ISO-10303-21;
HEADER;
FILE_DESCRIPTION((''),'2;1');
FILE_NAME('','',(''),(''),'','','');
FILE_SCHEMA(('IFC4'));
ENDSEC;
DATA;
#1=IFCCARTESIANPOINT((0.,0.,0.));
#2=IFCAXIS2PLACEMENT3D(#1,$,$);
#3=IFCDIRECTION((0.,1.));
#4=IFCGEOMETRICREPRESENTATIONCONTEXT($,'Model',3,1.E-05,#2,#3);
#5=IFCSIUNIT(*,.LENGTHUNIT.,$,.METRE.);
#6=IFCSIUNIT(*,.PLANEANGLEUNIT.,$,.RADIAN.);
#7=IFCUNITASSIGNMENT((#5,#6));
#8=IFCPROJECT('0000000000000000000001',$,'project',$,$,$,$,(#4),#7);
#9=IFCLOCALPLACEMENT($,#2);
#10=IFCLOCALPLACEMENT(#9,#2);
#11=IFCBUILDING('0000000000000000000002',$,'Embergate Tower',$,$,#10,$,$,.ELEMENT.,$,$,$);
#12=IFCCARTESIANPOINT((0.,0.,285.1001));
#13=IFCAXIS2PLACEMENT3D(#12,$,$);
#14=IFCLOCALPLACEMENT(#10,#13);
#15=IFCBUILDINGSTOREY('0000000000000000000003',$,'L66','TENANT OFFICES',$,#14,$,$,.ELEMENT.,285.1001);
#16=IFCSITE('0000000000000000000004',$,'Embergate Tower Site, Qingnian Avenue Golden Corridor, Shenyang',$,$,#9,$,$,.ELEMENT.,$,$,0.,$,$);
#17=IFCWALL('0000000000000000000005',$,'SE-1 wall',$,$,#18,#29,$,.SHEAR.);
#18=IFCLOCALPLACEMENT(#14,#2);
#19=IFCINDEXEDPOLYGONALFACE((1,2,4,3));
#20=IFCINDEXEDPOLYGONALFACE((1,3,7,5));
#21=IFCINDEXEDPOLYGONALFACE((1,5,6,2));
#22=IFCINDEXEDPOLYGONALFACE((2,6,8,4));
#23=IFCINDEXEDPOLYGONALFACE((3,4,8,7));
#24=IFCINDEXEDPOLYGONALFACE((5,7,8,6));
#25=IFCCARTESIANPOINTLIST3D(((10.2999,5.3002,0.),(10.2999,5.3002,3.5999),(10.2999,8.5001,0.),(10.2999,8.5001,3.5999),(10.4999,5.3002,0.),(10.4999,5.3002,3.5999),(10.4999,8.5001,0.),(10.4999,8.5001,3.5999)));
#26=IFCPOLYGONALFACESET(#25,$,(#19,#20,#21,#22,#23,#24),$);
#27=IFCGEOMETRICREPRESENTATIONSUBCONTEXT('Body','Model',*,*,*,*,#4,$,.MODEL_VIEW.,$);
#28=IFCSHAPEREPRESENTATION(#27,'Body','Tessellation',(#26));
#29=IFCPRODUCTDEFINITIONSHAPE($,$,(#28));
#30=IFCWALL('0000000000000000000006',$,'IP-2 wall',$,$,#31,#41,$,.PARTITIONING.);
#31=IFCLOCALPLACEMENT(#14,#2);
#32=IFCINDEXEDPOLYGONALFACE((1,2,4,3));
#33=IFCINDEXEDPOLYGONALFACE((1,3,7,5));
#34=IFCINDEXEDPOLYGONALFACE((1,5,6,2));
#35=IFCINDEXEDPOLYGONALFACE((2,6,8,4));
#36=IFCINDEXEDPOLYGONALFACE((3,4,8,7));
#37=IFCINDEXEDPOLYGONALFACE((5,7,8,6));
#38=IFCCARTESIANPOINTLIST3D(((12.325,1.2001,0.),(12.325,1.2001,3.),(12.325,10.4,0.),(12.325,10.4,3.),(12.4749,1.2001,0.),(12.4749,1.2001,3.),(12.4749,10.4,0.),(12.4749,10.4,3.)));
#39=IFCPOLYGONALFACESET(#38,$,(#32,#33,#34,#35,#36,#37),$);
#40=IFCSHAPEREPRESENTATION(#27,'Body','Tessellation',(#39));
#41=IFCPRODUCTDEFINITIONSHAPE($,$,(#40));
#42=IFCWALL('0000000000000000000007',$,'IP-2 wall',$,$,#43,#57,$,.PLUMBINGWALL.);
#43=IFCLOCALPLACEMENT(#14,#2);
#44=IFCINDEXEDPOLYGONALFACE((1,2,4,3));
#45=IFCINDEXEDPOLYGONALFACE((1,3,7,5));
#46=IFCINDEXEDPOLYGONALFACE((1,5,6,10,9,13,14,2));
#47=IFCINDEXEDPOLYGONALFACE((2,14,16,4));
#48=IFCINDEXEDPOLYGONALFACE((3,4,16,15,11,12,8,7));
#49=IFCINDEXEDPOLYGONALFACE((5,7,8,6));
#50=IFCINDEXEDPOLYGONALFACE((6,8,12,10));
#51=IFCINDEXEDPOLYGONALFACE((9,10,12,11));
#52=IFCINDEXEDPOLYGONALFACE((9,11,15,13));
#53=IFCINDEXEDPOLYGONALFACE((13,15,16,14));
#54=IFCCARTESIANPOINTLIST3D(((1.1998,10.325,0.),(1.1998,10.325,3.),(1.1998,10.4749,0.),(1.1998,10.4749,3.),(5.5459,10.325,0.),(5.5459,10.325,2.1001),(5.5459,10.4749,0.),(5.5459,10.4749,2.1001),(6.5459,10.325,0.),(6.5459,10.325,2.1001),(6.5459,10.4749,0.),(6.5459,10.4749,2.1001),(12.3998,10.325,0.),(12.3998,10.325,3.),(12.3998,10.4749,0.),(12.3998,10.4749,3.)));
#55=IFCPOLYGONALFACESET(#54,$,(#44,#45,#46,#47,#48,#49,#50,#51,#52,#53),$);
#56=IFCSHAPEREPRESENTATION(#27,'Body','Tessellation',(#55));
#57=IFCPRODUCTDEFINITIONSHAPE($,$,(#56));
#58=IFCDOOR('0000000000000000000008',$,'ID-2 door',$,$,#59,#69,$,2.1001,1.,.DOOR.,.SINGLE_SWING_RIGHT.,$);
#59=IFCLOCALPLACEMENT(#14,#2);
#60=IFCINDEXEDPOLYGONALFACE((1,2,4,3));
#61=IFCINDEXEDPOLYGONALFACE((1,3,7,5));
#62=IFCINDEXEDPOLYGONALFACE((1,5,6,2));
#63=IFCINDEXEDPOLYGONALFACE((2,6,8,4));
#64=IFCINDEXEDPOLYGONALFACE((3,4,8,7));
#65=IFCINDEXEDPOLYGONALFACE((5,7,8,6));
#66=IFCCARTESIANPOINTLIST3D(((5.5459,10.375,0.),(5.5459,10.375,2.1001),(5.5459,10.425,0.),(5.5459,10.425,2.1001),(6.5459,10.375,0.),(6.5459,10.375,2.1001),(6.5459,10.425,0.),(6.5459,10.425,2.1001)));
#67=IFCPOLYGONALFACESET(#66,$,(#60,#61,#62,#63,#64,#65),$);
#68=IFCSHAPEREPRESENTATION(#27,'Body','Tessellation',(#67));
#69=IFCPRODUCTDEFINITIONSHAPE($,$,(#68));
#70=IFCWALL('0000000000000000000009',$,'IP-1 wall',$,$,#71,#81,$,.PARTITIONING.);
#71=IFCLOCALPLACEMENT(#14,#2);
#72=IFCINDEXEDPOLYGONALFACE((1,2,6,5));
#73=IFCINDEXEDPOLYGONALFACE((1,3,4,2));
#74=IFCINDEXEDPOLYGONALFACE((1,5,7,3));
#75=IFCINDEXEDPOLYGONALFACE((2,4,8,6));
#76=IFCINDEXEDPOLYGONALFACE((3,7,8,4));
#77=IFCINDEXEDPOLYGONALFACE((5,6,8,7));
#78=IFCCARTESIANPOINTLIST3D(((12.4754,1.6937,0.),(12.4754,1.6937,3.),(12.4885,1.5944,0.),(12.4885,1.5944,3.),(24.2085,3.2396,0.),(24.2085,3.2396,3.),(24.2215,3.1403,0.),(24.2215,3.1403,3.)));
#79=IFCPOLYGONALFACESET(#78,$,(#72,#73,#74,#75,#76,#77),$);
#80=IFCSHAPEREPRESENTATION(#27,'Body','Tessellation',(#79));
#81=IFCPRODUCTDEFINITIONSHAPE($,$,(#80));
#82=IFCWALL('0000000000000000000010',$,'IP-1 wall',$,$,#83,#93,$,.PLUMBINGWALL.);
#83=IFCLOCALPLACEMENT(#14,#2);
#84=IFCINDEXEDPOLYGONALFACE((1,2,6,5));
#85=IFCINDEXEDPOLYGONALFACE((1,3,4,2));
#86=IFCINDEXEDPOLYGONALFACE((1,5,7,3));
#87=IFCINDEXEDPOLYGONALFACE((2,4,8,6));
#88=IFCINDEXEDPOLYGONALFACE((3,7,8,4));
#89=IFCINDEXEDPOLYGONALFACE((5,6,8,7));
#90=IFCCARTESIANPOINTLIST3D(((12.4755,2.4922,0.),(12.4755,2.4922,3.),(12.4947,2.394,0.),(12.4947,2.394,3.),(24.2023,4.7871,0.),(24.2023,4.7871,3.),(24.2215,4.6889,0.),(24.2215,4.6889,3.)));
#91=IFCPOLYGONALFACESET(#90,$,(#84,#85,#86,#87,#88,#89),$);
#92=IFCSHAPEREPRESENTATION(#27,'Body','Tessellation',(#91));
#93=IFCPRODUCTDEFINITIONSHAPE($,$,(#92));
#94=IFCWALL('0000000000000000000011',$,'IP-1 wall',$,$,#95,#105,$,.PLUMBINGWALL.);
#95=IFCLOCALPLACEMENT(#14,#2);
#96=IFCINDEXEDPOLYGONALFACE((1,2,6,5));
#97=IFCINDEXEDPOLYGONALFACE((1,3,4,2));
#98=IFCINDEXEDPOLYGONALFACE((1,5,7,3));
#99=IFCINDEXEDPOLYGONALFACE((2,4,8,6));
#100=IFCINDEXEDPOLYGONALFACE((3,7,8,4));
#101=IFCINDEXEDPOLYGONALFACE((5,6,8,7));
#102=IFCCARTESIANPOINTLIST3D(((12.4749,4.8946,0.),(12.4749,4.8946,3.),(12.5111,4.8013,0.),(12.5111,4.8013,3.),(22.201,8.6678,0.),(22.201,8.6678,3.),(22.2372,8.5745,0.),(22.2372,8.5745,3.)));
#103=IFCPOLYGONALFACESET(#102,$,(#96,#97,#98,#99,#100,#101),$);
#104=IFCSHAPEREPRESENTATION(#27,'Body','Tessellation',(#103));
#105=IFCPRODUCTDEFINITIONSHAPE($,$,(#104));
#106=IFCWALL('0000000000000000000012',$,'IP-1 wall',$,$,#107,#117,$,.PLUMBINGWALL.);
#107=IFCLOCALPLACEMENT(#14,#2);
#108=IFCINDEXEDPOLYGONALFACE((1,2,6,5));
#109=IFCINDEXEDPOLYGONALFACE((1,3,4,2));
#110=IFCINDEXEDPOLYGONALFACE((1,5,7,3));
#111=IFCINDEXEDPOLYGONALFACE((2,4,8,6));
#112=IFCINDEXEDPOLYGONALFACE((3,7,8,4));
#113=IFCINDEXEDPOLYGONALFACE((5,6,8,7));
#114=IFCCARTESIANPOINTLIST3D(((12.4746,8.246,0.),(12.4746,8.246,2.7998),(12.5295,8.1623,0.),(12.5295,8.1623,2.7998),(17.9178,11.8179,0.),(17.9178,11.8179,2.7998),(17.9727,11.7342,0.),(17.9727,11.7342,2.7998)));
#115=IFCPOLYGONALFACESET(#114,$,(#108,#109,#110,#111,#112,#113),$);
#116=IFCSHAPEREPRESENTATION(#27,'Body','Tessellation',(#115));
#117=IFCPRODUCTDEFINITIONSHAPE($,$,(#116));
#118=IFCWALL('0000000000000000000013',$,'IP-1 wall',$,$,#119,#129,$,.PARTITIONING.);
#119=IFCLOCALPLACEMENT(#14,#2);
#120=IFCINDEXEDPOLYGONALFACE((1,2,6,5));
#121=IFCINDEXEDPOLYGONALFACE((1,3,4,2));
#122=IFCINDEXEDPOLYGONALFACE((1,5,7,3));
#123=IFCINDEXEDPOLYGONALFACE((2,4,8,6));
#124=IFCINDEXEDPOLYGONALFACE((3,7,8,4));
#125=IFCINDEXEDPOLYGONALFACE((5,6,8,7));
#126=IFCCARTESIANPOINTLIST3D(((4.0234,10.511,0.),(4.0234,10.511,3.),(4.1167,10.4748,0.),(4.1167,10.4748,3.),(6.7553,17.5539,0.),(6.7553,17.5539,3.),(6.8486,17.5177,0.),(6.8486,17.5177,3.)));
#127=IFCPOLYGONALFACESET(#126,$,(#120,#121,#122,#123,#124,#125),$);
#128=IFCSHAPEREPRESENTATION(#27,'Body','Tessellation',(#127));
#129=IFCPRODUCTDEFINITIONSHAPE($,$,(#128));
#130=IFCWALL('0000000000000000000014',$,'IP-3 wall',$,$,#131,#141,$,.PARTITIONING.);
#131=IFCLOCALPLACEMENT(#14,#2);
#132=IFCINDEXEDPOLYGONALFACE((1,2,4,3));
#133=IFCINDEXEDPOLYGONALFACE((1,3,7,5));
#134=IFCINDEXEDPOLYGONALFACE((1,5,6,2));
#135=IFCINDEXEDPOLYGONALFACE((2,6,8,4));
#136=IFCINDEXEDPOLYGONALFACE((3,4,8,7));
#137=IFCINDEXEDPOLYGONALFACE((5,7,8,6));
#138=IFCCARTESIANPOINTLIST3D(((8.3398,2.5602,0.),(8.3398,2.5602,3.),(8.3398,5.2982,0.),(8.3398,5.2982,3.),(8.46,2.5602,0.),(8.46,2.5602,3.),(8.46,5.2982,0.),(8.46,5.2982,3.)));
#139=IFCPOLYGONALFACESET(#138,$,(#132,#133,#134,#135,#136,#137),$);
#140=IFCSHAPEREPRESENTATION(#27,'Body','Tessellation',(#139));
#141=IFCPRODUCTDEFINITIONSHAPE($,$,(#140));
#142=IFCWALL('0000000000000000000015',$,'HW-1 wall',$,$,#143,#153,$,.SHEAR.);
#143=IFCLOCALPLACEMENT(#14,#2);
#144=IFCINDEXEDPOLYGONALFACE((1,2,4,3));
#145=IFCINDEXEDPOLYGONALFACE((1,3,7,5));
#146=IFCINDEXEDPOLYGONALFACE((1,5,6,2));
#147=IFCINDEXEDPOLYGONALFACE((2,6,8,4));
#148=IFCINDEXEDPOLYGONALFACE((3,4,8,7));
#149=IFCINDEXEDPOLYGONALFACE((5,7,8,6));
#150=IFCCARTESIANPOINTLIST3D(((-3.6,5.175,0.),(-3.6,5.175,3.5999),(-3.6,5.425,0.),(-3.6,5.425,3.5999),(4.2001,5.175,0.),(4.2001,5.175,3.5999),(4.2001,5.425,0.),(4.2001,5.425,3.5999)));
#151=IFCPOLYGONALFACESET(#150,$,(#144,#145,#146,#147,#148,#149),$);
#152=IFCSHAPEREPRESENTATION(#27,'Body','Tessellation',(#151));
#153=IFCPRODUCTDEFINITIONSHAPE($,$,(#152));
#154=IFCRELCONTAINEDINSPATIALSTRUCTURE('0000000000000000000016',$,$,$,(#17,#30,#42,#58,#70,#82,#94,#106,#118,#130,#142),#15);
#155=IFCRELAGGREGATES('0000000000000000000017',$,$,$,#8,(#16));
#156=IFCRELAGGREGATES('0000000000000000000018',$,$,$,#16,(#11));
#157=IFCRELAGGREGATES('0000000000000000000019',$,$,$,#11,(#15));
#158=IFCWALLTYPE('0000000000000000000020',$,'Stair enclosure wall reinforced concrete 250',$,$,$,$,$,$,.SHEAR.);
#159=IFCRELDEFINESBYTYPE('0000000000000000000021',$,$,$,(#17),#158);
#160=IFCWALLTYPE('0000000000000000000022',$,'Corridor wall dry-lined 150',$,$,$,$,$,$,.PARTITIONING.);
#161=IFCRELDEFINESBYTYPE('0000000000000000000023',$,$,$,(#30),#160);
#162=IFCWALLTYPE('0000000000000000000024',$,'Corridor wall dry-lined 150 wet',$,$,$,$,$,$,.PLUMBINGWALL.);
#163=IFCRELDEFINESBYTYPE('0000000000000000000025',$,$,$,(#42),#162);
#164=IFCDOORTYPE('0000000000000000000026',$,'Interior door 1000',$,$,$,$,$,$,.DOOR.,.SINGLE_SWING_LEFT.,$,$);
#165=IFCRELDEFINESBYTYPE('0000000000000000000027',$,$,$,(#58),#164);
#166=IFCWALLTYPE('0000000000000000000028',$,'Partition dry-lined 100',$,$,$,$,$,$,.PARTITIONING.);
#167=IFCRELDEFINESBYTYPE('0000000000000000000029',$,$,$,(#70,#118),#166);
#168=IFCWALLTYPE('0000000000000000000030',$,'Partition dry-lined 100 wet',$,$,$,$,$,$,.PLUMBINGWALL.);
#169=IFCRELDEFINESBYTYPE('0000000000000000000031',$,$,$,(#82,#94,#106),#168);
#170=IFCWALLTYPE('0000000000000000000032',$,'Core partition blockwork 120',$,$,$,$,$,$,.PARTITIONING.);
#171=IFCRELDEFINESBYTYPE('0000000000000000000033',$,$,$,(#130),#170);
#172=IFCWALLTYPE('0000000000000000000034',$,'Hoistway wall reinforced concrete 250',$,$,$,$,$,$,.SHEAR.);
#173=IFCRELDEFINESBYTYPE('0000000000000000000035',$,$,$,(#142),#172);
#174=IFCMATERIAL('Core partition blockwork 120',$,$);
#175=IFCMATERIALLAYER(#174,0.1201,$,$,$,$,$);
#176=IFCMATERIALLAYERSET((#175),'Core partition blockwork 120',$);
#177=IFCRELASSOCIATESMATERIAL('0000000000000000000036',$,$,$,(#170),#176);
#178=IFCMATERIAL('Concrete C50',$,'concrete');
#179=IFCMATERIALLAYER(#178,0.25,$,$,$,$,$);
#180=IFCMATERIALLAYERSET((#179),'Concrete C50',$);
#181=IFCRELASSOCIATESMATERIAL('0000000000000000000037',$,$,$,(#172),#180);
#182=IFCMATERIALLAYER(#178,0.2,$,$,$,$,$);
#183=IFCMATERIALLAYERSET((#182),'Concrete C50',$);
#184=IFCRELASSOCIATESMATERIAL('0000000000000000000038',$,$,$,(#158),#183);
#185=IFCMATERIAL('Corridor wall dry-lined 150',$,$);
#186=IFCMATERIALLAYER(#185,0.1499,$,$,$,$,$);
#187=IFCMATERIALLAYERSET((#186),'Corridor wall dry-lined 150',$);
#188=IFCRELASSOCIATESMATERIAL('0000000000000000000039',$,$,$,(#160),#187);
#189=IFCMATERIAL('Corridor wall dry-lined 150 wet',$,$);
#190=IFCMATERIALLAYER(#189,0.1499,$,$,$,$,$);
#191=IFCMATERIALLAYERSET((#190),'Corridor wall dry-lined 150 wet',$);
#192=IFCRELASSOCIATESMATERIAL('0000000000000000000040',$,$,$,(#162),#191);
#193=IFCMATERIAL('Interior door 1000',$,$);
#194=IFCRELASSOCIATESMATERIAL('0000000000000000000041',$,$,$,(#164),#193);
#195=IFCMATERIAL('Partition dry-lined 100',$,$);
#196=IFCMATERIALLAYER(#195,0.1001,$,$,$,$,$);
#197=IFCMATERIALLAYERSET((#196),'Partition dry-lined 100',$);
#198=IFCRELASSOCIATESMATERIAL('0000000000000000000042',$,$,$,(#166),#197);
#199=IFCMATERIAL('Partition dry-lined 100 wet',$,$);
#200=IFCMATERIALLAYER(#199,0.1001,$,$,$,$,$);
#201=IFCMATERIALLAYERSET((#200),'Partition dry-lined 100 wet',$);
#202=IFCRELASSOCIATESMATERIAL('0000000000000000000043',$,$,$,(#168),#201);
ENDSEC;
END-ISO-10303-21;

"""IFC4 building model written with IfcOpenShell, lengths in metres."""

from ifc_helpers import new_model, si_unit, direction, frame, frame_2d, origin, place, context, subcontext, project, spatial, rectangle, extrude, source, transform, mapped, material, layer, layer_set, type_object, element, fill, save


model = new_model("IFC4")

# Units and contexts
model_context = context("Model", 3, precision=1e-05, world=origin(), true_north=direction((0.0, 1.0)))
body_context = subcontext(model_context, "Body", "Model", "MODEL_VIEW")
ifc_project = project(units=[si_unit("LENGTHUNIT", "METRE"), si_unit("PLANEANGLEUNIT", "RADIAN")], contexts=[model_context])

# Site, building, storey
site_placement = place(None, origin())
site = spatial("IfcSite", under=ifc_project, at=site_placement, Name="Embergate Tower Site, Qingnian Avenue Golden Corridor, Shenyang", CompositionType="ELEMENT", RefElevation=0.0)
building_placement = place(site_placement, origin())
building = spatial("IfcBuilding", under=site, at=building_placement, Name="Embergate Tower", CompositionType="ELEMENT")
storey_placement = place(building_placement, frame((0.0, 0.0, 285.1001)))
storey = spatial("IfcBuildingStorey", under=building, at=storey_placement, Name="L66", Description="TENANT OFFICES", CompositionType="ELEMENT", Elevation=285.1001)

# Shared definitions
ifc_material_1 = material(Name="Core partition blockwork 120")
ifc_layer_1 = layer(ifc_material_1, 0.1201)
ifc_layer_set_1 = layer_set([ifc_layer_1], Name="Core partition blockwork 120")
wall_type_1 = type_object("IfcWallType", Name="Core partition blockwork 120", PredefinedType="PARTITIONING", material=ifc_layer_set_1)

# Shared definitions
ifc_material_2 = material(Name="Concrete C50", Category="concrete")
ifc_layer_2 = layer(ifc_material_2, 0.25)
ifc_layer_set_2 = layer_set([ifc_layer_2], Name="Concrete C50")
wall_type_2 = type_object("IfcWallType", Name="Hoistway wall reinforced concrete 250", PredefinedType="SHEAR", material=ifc_layer_set_2)

# Shared definitions
ifc_layer_3 = layer(ifc_material_2, 0.2)
ifc_layer_set_3 = layer_set([ifc_layer_3], Name="Concrete C50")
wall_type_3 = type_object("IfcWallType", Name="Stair enclosure wall reinforced concrete 250", PredefinedType="SHEAR", material=ifc_layer_set_3)

# Shared definitions
shared_shape_1 = source(origin(), body_context, "Body", "SweptSolid", [
    extrude(rectangle(XDim=3.2, YDim=0.2, at=frame_2d((1.6001, 0.0))), origin(), (0.0, 0.0, 1.0), 3.5999),
])

# Walls
wall_1_placement = place(storey_placement, frame((10.3999, 5.3, 0.0), z_axis=(0.0, 0.0, 1.0), x_axis=(0.0, 1.0, 0.0)))
element("IfcWall", 1, at=wall_1_placement, inside=storey, type_object=wall_type_3, Name="SE-1 wall", PredefinedType="SHEAR", context=body_context, shape_type="MappedRepresentation", body=[
    mapped(shared_shape_1, transform((0.0, 0.0, 0.0))),
])
ifc_material_3 = material(Name="Corridor wall dry-lined 150")
ifc_layer_4 = layer(ifc_material_3, 0.1499)
ifc_layer_set_4 = layer_set([ifc_layer_4], Name="Corridor wall dry-lined 150")
wall_type_4 = type_object("IfcWallType", Name="Corridor wall dry-lined 150", PredefinedType="PARTITIONING", material=ifc_layer_set_4)
shared_shape_2 = source(origin(), body_context, "Body", "SweptSolid", [
    extrude(rectangle(XDim=9.2, YDim=0.1499, at=frame_2d((4.6001, 0.0))), origin(), (0.0, 0.0, 1.0), 3.0),
])
wall_2_placement = place(storey_placement, frame((12.3999, 1.2, 0.0), z_axis=(0.0, 0.0, 1.0), x_axis=(0.0, 1.0, 0.0)))
element("IfcWall", 2, at=wall_2_placement, inside=storey, type_object=wall_type_4, Name="IP-2 wall", PredefinedType="PARTITIONING", context=body_context, shape_type="MappedRepresentation", body=[
    mapped(shared_shape_2, transform((0.0, 0.0, 0.0))),
])

# Wall, opening, door
ifc_material_4 = material(Name="Corridor wall dry-lined 150 wet")
ifc_layer_5 = layer(ifc_material_4, 0.1499)
ifc_layer_set_5 = layer_set([ifc_layer_5], Name="Corridor wall dry-lined 150 wet")
wall_type_5 = type_object("IfcWallType", Name="Corridor wall dry-lined 150 wet", PredefinedType="PLUMBINGWALL", material=ifc_layer_set_5)
shared_shape_3 = source(origin(), body_context, "Body", "SweptSolid", [
    extrude(rectangle(XDim=11.2, YDim=0.1499, at=frame_2d((5.6001, 0.0))), origin(), (0.0, 0.0, 1.0), 3.0),
])
wall_3_placement = place(storey_placement, frame((12.3999, 10.3999, 0.0), z_axis=(0.0, 0.0, 1.0), x_axis=(-1.0, 0.0, 0.0)))
wall_3 = element("IfcWall", 3, at=wall_3_placement, inside=storey, type_object=wall_type_5, Name="IP-2 wall", PredefinedType="PLUMBINGWALL", context=body_context, shape_type="MappedRepresentation", body=[
    mapped(shared_shape_3, transform((0.0, 0.0, 0.0))),
])
shared_shape_4 = source(origin(), body_context, "Body", "SweptSolid", [
    extrude(rectangle(XDim=1.0, YDim=2.1001, at=frame_2d((0.5, 1.05))), frame((0.0, 0.085, 0.0), z_axis=(0.0, -1.0, 0.0), x_axis=(1.0, 0.0, 0.0)), (0.0, 0.0, 1.0), 0.1699),
])
opening_1_placement = place(wall_3_placement, frame((5.854, 0.0, 0.0)))
opening_1 = element("IfcOpeningElement", 4, at=opening_1_placement, cuts=wall_3, PredefinedType="OPENING", context=body_context, shape_type="MappedRepresentation", body=[
    mapped(shared_shape_4, transform((0.0, 0.0, 0.0))),
])
ifc_material_5 = material(Name="Interior door 1000")
door_type_1 = type_object("IfcDoorType", Name="Interior door 1000", OperationType="SINGLE_SWING_LEFT", PredefinedType="DOOR", material=ifc_material_5)
shared_shape_5 = source(origin(), body_context, "Body", "SweptSolid", [
    extrude(rectangle(XDim=1.0, YDim=2.1001, at=frame_2d((0.5, 1.05))), frame((0.0, 0.0249, 0.0), z_axis=(0.0, -1.0, 0.0), x_axis=(1.0, 0.0, 0.0)), (0.0, 0.0, 1.0), 0.05),
])
door_1_placement = place(opening_1_placement, origin())
door_1 = element("IfcDoor", 5, at=door_1_placement, inside=storey, type_object=door_type_1, Name="ID-2 door", OperationType="SINGLE_SWING_RIGHT", OverallHeight=2.1001, OverallWidth=1.0, PredefinedType="DOOR", context=body_context, shape_type="MappedRepresentation", body=[
    mapped(shared_shape_5, transform((0.0, 0.0, 0.0))),
])
fill(opening_1, door_1)

# Walls
ifc_material_6 = material(Name="Partition dry-lined 100")
ifc_layer_6 = layer(ifc_material_6, 0.1001)
ifc_layer_set_6 = layer_set([ifc_layer_6], Name="Partition dry-lined 100")
wall_type_6 = type_object("IfcWallType", Name="Partition dry-lined 100", PredefinedType="PARTITIONING", material=ifc_layer_set_6)
shared_shape_6 = source(origin(), body_context, "Body", "SweptSolid", [
    extrude(rectangle(XDim=11.8345, YDim=0.1001, at=frame_2d((5.9172, 0.0))), origin(), (0.0, 0.0, 1.0), 3.0),
])
wall_4_placement = place(storey_placement, frame((12.4819, 1.644, 0.0), z_axis=(0.0, 0.0, 1.0), x_axis=(0.991432, 0.130626, 0.0)))
element("IfcWall", 6, at=wall_4_placement, inside=storey, type_object=wall_type_6, Name="IP-1 wall", PredefinedType="PARTITIONING", context=body_context, shape_type="MappedRepresentation", body=[
    mapped(shared_shape_6, transform((0.0, 0.0, 0.0))),
])
ifc_material_7 = material(Name="Partition dry-lined 100 wet")
ifc_layer_7 = layer(ifc_material_7, 0.1001)
ifc_layer_set_7 = layer_set([ifc_layer_7], Name="Partition dry-lined 100 wet")
wall_type_7 = type_object("IfcWallType", Name="Partition dry-lined 100 wet", PredefinedType="PLUMBINGWALL", material=ifc_layer_set_7)
shared_shape_7 = source(origin(), body_context, "Body", "SweptSolid", [
    extrude(rectangle(XDim=11.9492, YDim=0.1001, at=frame_2d((5.9746, 0.0))), origin(), (0.0, 0.0, 1.0), 3.0),
])
wall_5_placement = place(storey_placement, frame((12.4851, 2.4431, 0.0), z_axis=(0.0, 0.0, 1.0), x_axis=(0.981384, 0.192056, 0.0)))
element("IfcWall", 7, at=wall_5_placement, inside=storey, type_object=wall_type_7, Name="IP-1 wall", PredefinedType="PLUMBINGWALL", context=body_context, shape_type="MappedRepresentation", body=[
    mapped(shared_shape_7, transform((0.0, 0.0, 0.0))),
])
shared_shape_8 = source(origin(), body_context, "Body", "SweptSolid", [
    extrude(rectangle(XDim=10.4324, YDim=0.1001, at=frame_2d((5.2163, 0.0))), origin(), (0.0, 0.0, 1.0), 3.0),
])
wall_6_placement = place(storey_placement, frame((12.4929, 4.8479, 0.0), z_axis=(0.0, 0.0, 1.0), x_axis=(0.932301, 0.361683, 0.0)))
element("IfcWall", 8, at=wall_6_placement, inside=storey, type_object=wall_type_7, Name="IP-1 wall", PredefinedType="PLUMBINGWALL", context=body_context, shape_type="MappedRepresentation", body=[
    mapped(shared_shape_8, transform((0.0, 0.0, 0.0))),
])
shared_shape_9 = source(origin(), body_context, "Body", "SweptSolid", [
    extrude(rectangle(XDim=6.5105, YDim=0.1001, at=frame_2d((3.2554, 0.0))), origin(), (0.0, 0.0, 1.0), 2.7998),
])
wall_7_placement = place(storey_placement, frame((12.502, 8.2041, 0.0), z_axis=(0.0, 0.0, 1.0), x_axis=(0.836067, 0.548628, 0.0)))
element("IfcWall", 9, at=wall_7_placement, inside=storey, type_object=wall_type_7, Name="IP-1 wall", PredefinedType="PLUMBINGWALL", context=body_context, shape_type="MappedRepresentation", body=[
    mapped(shared_shape_9, transform((0.0, 0.0, 0.0))),
])
shared_shape_10 = source(origin(), body_context, "Body", "SweptSolid", [
    extrude(rectangle(XDim=7.5542, YDim=0.1001, at=frame_2d((3.7771, 0.0))), origin(), (0.0, 0.0, 1.0), 3.0),
])
wall_8_placement = place(storey_placement, frame((4.0701, 10.4929, 0.0), z_axis=(0.0, 0.0, 1.0), x_axis=(0.361641, 0.932317, 0.0)))
element("IfcWall", 10, at=wall_8_placement, inside=storey, type_object=wall_type_6, Name="IP-1 wall", PredefinedType="PARTITIONING", context=body_context, shape_type="MappedRepresentation", body=[
    mapped(shared_shape_10, transform((0.0, 0.0, 0.0))),
])
shared_shape_11 = source(origin(), body_context, "Body", "SweptSolid", [
    extrude(rectangle(XDim=2.738, YDim=0.1201, at=frame_2d((1.3691, 0.0))), origin(), (0.0, 0.0, 1.0), 3.0),
])
wall_9_placement = place(storey_placement, frame((8.3999, 2.5601, 0.0), z_axis=(0.0, 0.0, 1.0), x_axis=(0.0, 1.0, 0.0)))
element("IfcWall", 11, at=wall_9_placement, inside=storey, type_object=wall_type_1, Name="IP-3 wall", PredefinedType="PARTITIONING", context=body_context, shape_type="MappedRepresentation", body=[
    mapped(shared_shape_11, transform((0.0, 0.0, 0.0))),
])
shared_shape_12 = source(origin(), body_context, "Body", "SweptSolid", [
    extrude(rectangle(XDim=7.8, YDim=0.25, at=frame_2d((3.8999, 0.0))), origin(), (0.0, 0.0, 1.0), 3.5999),
])
wall_10_placement = place(storey_placement, frame((4.2, 5.3, 0.0), z_axis=(0.0, 0.0, 1.0), x_axis=(-1.0, 0.0, 0.0)))
element("IfcWall", 12, at=wall_10_placement, inside=storey, type_object=wall_type_2, Name="HW-1 wall", PredefinedType="SHEAR", context=body_context, shape_type="MappedRepresentation", body=[
    mapped(shared_shape_12, transform((0.0, 0.0, 0.0))),
])

save(model, "model.ifc")
